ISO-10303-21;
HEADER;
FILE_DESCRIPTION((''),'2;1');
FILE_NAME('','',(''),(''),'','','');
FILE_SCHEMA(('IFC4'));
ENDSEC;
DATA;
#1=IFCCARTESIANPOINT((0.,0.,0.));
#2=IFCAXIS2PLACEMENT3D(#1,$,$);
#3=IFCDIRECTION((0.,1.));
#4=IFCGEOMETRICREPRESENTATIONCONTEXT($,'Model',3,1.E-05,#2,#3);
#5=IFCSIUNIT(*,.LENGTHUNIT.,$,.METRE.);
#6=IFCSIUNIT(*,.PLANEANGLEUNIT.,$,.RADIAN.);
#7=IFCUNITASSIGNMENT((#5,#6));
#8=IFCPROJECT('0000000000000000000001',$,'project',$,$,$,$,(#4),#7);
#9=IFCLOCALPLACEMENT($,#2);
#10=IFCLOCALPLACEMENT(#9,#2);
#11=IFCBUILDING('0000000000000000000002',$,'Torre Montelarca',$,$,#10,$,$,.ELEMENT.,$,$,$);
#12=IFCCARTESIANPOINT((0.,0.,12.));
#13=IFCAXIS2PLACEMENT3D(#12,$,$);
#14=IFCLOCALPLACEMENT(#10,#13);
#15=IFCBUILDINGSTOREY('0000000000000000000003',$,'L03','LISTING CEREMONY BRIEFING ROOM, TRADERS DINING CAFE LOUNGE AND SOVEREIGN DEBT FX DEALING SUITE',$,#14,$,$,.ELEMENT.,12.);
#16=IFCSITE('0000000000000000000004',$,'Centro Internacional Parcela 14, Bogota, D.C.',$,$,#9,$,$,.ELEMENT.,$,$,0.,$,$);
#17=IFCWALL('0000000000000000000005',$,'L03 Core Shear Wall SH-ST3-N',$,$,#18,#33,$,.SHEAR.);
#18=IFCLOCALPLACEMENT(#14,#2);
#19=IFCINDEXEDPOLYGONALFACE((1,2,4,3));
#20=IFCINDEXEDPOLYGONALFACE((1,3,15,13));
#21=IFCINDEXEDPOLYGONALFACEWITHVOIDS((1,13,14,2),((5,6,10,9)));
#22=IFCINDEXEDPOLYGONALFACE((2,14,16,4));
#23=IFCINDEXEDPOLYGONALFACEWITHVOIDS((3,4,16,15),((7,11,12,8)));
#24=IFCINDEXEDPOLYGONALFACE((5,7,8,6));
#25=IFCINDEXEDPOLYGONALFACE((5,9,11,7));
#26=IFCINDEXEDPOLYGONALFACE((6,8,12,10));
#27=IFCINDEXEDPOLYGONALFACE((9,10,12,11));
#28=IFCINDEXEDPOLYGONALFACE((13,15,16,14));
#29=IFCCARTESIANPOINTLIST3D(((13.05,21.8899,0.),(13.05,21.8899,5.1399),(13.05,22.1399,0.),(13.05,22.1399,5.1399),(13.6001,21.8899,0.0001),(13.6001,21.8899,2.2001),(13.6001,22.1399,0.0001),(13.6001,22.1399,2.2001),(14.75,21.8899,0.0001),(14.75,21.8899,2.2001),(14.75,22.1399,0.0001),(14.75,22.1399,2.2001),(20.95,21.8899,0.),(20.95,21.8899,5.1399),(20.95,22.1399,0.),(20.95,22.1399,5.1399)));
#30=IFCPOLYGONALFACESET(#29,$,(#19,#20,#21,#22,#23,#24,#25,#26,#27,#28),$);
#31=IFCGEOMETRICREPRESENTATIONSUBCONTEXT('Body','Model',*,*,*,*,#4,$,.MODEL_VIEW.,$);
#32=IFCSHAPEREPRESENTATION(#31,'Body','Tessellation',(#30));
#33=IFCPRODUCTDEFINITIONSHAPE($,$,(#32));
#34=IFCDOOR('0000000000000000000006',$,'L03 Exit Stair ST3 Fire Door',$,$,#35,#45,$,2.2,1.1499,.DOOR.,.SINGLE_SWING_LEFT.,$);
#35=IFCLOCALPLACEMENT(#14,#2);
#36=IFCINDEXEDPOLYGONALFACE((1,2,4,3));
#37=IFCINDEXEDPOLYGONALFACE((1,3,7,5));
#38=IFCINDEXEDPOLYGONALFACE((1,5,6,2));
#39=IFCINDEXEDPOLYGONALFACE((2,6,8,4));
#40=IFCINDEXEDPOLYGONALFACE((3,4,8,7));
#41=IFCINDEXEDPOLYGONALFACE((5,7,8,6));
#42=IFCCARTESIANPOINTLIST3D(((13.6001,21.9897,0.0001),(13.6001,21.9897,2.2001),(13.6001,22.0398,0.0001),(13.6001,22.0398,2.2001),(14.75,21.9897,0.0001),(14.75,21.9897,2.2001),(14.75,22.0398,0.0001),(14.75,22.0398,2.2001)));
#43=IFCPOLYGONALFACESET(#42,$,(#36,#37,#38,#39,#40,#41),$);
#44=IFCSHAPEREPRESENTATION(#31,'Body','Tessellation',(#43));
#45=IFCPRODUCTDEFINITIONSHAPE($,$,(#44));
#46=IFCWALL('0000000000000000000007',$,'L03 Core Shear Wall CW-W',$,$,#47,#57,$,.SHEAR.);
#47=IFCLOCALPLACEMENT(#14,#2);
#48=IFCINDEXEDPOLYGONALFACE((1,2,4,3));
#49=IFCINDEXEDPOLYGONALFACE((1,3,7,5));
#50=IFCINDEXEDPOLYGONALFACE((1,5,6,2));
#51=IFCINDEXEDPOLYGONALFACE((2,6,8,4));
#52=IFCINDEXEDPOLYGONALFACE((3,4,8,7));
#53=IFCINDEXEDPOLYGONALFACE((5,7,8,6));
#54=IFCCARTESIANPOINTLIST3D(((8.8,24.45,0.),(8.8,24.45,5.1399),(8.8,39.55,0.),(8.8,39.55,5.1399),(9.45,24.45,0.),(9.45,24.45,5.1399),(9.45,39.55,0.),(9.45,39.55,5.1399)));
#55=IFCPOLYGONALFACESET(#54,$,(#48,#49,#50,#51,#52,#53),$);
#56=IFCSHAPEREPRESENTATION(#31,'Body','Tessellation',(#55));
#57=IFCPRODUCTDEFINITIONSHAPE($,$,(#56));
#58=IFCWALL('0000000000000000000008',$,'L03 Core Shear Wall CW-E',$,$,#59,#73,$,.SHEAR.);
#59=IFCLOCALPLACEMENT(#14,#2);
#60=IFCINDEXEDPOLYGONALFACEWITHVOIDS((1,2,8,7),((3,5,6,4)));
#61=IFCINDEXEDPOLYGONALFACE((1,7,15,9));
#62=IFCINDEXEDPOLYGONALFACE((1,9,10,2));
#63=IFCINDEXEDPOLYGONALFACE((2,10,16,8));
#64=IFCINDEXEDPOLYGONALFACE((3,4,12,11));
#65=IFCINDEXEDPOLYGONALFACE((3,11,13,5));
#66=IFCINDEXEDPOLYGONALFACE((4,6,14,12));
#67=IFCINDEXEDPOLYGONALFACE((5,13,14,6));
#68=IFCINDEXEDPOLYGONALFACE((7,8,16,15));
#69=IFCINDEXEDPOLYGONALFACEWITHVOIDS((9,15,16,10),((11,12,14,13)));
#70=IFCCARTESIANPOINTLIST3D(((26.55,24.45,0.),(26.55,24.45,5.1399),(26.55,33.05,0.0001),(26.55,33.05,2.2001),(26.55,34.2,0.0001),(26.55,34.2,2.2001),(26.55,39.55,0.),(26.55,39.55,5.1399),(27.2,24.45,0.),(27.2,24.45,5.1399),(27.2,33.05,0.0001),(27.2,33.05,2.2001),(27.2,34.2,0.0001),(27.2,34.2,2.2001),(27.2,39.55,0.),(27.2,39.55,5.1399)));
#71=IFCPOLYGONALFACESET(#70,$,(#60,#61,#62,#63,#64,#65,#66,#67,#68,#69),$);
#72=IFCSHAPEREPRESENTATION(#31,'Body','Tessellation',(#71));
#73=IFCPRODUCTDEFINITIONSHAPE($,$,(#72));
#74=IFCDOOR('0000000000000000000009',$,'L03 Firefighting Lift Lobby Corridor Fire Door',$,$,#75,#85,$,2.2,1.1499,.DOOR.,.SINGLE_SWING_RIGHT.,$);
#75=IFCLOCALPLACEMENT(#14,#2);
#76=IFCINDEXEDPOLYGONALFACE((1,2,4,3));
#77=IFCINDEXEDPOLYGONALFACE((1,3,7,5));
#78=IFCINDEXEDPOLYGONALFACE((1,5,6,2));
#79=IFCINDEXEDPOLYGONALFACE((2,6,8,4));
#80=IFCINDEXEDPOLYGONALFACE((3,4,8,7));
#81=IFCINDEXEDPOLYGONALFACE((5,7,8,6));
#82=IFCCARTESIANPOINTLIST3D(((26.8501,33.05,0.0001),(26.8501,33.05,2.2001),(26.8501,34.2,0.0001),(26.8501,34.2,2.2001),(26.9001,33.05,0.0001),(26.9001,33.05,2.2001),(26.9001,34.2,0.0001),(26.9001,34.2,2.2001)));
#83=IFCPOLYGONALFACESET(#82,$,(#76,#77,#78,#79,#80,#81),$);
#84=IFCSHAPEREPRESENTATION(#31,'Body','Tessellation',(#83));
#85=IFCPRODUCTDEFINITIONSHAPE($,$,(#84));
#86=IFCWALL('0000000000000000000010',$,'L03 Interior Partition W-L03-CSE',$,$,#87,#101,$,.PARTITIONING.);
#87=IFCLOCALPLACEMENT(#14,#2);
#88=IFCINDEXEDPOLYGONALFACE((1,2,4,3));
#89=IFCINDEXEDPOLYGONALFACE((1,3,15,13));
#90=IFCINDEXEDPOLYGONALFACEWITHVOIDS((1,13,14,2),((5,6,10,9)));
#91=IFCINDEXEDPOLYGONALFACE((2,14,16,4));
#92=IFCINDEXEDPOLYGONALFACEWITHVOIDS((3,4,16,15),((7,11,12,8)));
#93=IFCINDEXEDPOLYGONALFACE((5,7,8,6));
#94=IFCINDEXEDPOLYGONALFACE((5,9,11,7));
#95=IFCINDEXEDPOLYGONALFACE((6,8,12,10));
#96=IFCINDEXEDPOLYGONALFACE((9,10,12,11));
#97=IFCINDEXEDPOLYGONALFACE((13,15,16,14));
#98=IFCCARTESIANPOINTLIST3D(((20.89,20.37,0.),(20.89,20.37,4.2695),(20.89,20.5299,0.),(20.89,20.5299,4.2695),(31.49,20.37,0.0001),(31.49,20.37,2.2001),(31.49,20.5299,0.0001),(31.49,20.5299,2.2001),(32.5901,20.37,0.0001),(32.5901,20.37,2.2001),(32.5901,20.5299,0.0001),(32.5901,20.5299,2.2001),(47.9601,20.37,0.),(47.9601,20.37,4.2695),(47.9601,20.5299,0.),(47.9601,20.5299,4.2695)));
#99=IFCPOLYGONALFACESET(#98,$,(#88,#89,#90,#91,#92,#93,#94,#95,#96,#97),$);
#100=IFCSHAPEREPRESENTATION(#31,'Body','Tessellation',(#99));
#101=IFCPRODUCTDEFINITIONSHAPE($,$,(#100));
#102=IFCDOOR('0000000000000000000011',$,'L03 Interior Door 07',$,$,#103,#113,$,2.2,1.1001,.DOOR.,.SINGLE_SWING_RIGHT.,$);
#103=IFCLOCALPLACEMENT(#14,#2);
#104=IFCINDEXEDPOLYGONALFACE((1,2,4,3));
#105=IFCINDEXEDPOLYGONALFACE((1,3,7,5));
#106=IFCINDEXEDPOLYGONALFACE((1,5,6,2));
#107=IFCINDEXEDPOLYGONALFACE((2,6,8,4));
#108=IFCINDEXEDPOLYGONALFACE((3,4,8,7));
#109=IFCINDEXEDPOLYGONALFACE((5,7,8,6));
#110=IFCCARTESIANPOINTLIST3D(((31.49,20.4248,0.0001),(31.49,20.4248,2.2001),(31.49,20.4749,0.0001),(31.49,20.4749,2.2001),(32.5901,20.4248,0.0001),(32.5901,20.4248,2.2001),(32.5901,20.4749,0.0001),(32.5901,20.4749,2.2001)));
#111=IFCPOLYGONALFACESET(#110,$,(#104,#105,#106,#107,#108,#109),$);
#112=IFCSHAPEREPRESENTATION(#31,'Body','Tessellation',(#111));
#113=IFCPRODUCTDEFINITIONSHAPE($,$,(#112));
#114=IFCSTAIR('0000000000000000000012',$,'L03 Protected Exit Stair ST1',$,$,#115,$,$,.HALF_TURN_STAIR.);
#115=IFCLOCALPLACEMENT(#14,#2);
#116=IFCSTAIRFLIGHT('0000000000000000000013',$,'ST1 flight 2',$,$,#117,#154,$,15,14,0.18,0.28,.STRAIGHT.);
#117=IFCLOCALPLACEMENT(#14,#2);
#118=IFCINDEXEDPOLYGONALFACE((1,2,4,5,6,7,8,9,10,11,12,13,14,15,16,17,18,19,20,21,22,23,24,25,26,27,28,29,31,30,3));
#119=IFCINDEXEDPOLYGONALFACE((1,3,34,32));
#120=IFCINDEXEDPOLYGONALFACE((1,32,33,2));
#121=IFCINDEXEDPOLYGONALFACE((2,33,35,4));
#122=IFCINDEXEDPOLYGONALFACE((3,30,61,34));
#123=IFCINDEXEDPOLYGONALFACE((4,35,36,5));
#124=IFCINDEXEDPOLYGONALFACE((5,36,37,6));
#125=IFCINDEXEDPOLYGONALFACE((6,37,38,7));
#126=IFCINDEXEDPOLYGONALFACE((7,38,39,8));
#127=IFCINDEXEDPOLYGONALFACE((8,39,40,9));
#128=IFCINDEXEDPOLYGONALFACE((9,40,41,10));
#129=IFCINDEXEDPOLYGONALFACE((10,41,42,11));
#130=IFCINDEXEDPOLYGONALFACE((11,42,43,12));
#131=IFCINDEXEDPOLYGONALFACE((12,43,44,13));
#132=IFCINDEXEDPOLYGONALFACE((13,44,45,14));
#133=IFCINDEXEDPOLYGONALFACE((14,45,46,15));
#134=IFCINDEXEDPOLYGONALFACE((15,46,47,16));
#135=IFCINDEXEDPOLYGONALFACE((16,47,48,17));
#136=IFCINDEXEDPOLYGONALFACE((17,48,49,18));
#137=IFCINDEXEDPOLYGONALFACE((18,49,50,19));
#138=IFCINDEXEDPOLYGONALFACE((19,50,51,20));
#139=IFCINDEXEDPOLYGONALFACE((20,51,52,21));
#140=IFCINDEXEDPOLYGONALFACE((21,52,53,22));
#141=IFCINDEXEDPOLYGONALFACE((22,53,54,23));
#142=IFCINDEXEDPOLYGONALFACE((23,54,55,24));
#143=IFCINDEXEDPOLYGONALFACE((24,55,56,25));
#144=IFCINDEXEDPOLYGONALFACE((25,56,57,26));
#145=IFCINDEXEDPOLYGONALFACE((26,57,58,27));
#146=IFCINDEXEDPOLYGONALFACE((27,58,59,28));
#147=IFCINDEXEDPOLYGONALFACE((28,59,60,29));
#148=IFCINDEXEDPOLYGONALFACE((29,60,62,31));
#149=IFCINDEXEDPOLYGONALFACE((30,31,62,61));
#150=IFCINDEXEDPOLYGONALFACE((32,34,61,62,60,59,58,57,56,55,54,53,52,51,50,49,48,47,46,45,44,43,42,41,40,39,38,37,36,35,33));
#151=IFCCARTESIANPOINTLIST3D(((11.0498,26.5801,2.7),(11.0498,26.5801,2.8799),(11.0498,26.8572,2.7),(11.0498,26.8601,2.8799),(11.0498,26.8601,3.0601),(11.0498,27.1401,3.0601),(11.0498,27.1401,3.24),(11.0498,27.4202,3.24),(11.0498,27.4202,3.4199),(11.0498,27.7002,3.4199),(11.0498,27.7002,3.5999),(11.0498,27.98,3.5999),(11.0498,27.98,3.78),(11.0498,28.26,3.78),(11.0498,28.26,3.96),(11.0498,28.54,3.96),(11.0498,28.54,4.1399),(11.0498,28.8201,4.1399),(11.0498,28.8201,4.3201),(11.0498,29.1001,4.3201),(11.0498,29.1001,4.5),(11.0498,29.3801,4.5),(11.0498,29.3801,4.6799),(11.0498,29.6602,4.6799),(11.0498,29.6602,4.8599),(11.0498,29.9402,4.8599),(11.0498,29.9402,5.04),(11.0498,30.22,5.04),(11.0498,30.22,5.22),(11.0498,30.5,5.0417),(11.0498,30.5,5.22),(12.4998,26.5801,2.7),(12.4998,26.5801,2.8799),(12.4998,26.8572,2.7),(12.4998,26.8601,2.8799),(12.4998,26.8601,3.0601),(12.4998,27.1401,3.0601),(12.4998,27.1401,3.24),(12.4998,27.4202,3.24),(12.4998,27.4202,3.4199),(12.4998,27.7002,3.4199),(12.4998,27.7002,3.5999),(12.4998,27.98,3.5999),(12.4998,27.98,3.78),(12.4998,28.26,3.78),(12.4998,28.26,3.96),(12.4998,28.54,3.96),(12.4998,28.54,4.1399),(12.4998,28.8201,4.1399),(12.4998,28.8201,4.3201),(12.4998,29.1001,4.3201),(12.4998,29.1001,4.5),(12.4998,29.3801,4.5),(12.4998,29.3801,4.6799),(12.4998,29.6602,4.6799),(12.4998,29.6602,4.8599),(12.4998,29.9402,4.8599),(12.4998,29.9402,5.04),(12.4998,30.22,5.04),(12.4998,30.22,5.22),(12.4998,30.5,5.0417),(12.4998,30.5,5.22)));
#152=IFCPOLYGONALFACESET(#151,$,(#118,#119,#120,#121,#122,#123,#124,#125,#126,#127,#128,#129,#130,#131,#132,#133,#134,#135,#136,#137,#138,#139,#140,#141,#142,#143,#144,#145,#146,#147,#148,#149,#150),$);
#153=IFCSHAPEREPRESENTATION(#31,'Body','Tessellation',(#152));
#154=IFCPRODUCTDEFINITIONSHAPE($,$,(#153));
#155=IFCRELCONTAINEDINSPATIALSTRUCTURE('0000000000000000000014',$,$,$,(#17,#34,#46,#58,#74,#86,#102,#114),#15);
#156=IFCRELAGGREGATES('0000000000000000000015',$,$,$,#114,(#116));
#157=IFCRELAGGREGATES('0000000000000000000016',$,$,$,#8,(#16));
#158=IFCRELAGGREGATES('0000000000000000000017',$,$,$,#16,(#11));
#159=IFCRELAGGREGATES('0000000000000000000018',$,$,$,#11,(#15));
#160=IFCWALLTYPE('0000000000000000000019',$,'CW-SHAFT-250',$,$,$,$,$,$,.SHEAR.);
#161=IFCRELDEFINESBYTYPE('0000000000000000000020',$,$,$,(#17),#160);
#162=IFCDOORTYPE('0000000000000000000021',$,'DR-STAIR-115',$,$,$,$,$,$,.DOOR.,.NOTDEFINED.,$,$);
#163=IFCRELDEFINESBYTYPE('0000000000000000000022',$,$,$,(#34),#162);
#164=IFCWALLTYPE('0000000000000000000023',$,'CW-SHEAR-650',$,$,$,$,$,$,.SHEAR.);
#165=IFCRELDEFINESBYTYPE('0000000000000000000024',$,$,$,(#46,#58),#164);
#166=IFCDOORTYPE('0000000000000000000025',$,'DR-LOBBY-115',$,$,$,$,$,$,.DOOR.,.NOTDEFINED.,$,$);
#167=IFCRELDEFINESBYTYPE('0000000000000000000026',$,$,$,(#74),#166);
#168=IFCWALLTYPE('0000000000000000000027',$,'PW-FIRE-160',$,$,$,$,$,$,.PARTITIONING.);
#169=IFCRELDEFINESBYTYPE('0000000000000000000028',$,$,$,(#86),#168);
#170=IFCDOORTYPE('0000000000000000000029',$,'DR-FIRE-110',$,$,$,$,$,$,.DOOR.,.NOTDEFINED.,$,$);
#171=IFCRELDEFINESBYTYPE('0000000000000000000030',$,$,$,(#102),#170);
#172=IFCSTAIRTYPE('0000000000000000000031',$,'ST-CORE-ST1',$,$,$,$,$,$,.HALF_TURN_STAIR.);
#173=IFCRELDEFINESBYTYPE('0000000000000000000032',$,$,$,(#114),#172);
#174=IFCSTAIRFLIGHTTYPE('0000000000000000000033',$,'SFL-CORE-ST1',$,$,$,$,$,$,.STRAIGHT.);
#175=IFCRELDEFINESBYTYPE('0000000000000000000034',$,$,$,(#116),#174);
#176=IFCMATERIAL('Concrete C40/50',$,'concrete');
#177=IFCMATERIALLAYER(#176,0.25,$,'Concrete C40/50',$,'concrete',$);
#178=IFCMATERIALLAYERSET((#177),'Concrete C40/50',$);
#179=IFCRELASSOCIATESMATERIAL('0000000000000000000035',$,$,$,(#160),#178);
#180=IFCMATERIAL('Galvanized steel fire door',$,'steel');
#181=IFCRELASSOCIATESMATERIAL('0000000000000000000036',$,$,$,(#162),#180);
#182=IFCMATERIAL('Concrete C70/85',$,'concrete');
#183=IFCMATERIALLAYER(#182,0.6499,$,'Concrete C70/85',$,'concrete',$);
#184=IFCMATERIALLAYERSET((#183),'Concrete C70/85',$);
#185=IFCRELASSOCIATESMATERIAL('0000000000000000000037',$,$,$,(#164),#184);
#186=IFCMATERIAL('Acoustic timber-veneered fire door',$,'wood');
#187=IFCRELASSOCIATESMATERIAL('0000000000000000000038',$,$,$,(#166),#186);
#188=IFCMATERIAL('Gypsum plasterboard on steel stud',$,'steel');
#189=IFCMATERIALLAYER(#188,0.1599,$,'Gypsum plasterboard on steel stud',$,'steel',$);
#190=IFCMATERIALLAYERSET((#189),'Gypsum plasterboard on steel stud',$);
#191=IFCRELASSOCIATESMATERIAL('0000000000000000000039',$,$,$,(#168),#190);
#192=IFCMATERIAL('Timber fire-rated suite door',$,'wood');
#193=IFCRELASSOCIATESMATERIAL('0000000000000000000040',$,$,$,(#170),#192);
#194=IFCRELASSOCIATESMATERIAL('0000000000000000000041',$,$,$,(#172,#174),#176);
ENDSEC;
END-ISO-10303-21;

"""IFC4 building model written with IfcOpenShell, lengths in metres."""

from ifc_helpers import new_model, si_unit, direction, frame, frame_2d, origin, place, context, subcontext, project, spatial, polyline, rectangle, outline, extrude, source, transform, mapped, material, layer, layer_set, type_object, element, fill, aggregate, save


model = new_model("IFC4")

# Units and contexts
model_context = context("Model", 3, precision=1e-05, world=origin(), true_north=direction((0.0, 1.0)))
body_context = subcontext(model_context, "Body", "Model", "MODEL_VIEW")
ifc_project = project(units=[si_unit("LENGTHUNIT", "METRE"), si_unit("PLANEANGLEUNIT", "RADIAN")], contexts=[model_context])

# Site, building, storey
site_placement = place(None, origin())
site = spatial("IfcSite", under=ifc_project, at=site_placement, Name="Centro Internacional Parcela 14, Bogota, D.C.", CompositionType="ELEMENT", RefElevation=0.0)
building_placement = place(site_placement, origin())
building = spatial("IfcBuilding", under=site, at=building_placement, Name="Torre Montelarca", CompositionType="ELEMENT")
storey_placement = place(building_placement, frame((0.0, 0.0, 12.0)))
storey = spatial("IfcBuildingStorey", under=building, at=storey_placement, Name="L03", Description="LISTING CEREMONY BRIEFING ROOM, TRADERS DINING CAFE LOUNGE AND SOVEREIGN DEBT FX DEALING SUITE", CompositionType="ELEMENT", Elevation=12.0)

# Shared definitions
ifc_material_1 = material(Name="Concrete C70/85", Category="concrete")

# Shared definitions
ifc_material_2 = material(Name="Concrete C40/50", Category="concrete")
ifc_layer_1 = layer(ifc_material_2, 0.25, Name="Concrete C40/50", Category="concrete")
ifc_layer_set_1 = layer_set([ifc_layer_1], Name="Concrete C40/50")
wall_type_1 = type_object("IfcWallType", Name="CW-SHAFT-250", PredefinedType="SHEAR", material=ifc_layer_set_1)
ifc_material_3 = material(Name="Galvanized steel fire door", Category="steel")
door_type_1 = type_object("IfcDoorType", Name="DR-STAIR-115", OperationType="NOTDEFINED", PredefinedType="DOOR", material=ifc_material_3)
shared_shape_1 = source(origin(), body_context, "Body", "SweptSolid", [
    extrude(rectangle(XDim=1.1499, YDim=2.2, at=frame_2d((0.575, 1.1001))), frame((0.0, 0.0249, 0.0), z_axis=(0.0, -1.0, 0.0), x_axis=(1.0, 0.0, 0.0)), (0.0, 0.0, 1.0), 0.05),
])

# Wall, opening, door
wall_1_placement = place(storey_placement, frame((13.05, 22.0149, 0.0), z_axis=(0.0, 0.0, 1.0), x_axis=(1.0, 0.0, 0.0)))
wall_1 = element("IfcWall", 1, at=wall_1_placement, inside=storey, type_object=wall_type_1, Name="L03 Core Shear Wall SH-ST3-N", PredefinedType="SHEAR", context=body_context, shape_type="SweptSolid", body=[
    extrude(rectangle(XDim=7.8999, YDim=0.25, at=frame_2d((3.95, 0.0))), origin(), (0.0, 0.0, 1.0), 5.1399),
])
opening_1_placement = place(wall_1_placement, frame((0.55, 0.0, 0.0)))
opening_1 = element("IfcOpeningElement", 2, at=opening_1_placement, cuts=wall_1, PredefinedType="OPENING", context=body_context, shape_type="SweptSolid", body=[
    extrude(rectangle(XDim=1.1499, YDim=2.2, at=frame_2d((0.575, 1.1001))), frame((0.0, 0.135, 0.0), z_axis=(0.0, -1.0, 0.0), x_axis=(1.0, 0.0, 0.0)), (0.0, 0.0, 1.0), 0.27),
])
door_1_placement = place(opening_1_placement, origin())
door_1 = element("IfcDoor", 3, at=door_1_placement, inside=storey, type_object=door_type_1, Name="L03 Exit Stair ST3 Fire Door", OperationType="SINGLE_SWING_LEFT", OverallHeight=2.2, OverallWidth=1.1499, PredefinedType="DOOR", context=body_context, shape_type="MappedRepresentation", body=[
    mapped(shared_shape_1, transform((0.0, 0.0, 0.0), scale=1.0)),
])
fill(opening_1, door_1)

# Wall
ifc_layer_2 = layer(ifc_material_1, 0.6499, Name="Concrete C70/85", Category="concrete")
ifc_layer_set_2 = layer_set([ifc_layer_2], Name="Concrete C70/85")
wall_type_2 = type_object("IfcWallType", Name="CW-SHEAR-650", PredefinedType="SHEAR", material=ifc_layer_set_2)
wall_2_placement = place(storey_placement, frame((9.125, 24.45, 0.0), z_axis=(0.0, 0.0, 1.0), x_axis=(0.0, 1.0, 0.0)))
element("IfcWall", 4, at=wall_2_placement, inside=storey, type_object=wall_type_2, Name="L03 Core Shear Wall CW-W", PredefinedType="SHEAR", context=body_context, shape_type="SweptSolid", body=[
    extrude(rectangle(XDim=15.1001, YDim=0.6499, at=frame_2d((7.55, 0.0))), origin(), (0.0, 0.0, 1.0), 5.1399),
])

# Walls, openings, doors
wall_3_placement = place(storey_placement, frame((26.875, 24.45, 0.0), z_axis=(0.0, 0.0, 1.0), x_axis=(0.0, 1.0, 0.0)))
wall_3 = element("IfcWall", 5, at=wall_3_placement, inside=storey, type_object=wall_type_2, Name="L03 Core Shear Wall CW-E", PredefinedType="SHEAR", context=body_context, shape_type="SweptSolid", body=[
    extrude(rectangle(XDim=15.1001, YDim=0.6499, at=frame_2d((7.55, 0.0))), origin(), (0.0, 0.0, 1.0), 5.1399),
])
opening_2_placement = place(wall_3_placement, frame((8.6001, 0.0, 0.0)))
opening_2 = element("IfcOpeningElement", 6, at=opening_2_placement, cuts=wall_3, PredefinedType="OPENING", context=body_context, shape_type="SweptSolid", body=[
    extrude(rectangle(XDim=1.1499, YDim=2.2, at=frame_2d((0.575, 1.1001))), frame((0.0, 0.335, 0.0), z_axis=(0.0, -1.0, 0.0), x_axis=(1.0, 0.0, 0.0)), (0.0, 0.0, 1.0), 0.6699),
])
ifc_material_4 = material(Name="Acoustic timber-veneered fire door", Category="wood")
door_type_2 = type_object("IfcDoorType", Name="DR-LOBBY-115", OperationType="NOTDEFINED", PredefinedType="DOOR", material=ifc_material_4)
shared_shape_2 = source(origin(), body_context, "Body", "SweptSolid", [
    extrude(rectangle(XDim=1.1499, YDim=2.2, at=frame_2d((0.575, 1.1001))), frame((0.0, 0.0249, 0.0), z_axis=(0.0, -1.0, 0.0), x_axis=(1.0, 0.0, 0.0)), (0.0, 0.0, 1.0), 0.05),
])
door_2_placement = place(opening_2_placement, origin())
door_2 = element("IfcDoor", 7, at=door_2_placement, inside=storey, type_object=door_type_2, Name="L03 Firefighting Lift Lobby Corridor Fire Door", OperationType="SINGLE_SWING_RIGHT", OverallHeight=2.2, OverallWidth=1.1499, PredefinedType="DOOR", context=body_context, shape_type="MappedRepresentation", body=[
    mapped(shared_shape_2, transform((0.0, 0.0, 0.0), scale=1.0)),
])
fill(opening_2, door_2)
ifc_material_5 = material(Name="Gypsum plasterboard on steel stud", Category="steel")
ifc_layer_3 = layer(ifc_material_5, 0.1599, Name="Gypsum plasterboard on steel stud", Category="steel")
ifc_layer_set_3 = layer_set([ifc_layer_3], Name="Gypsum plasterboard on steel stud")
wall_type_3 = type_object("IfcWallType", Name="PW-FIRE-160", PredefinedType="PARTITIONING", material=ifc_layer_set_3)
wall_4_placement = place(storey_placement, frame((20.8899, 20.45, 0.0), z_axis=(0.0, 0.0, 1.0), x_axis=(1.0, 0.0, 0.0)))
wall_4 = element("IfcWall", 8, at=wall_4_placement, inside=storey, type_object=wall_type_3, Name="L03 Interior Partition W-L03-CSE", PredefinedType="PARTITIONING", context=body_context, shape_type="SweptSolid", body=[
    extrude(rectangle(XDim=27.0701, YDim=0.1599, at=frame_2d((13.5352, 0.0))), origin(), (0.0, 0.0, 1.0), 4.2695),
])
opening_3_placement = place(wall_4_placement, frame((10.6001, 0.0, 0.0)))
opening_3 = element("IfcOpeningElement", 9, at=opening_3_placement, cuts=wall_4, PredefinedType="OPENING", context=body_context, shape_type="SweptSolid", body=[
    extrude(rectangle(XDim=1.1001, YDim=2.2, at=frame_2d((0.55, 1.1001))), frame((0.0, 0.0898, 0.0), z_axis=(0.0, -1.0, 0.0), x_axis=(1.0, 0.0, 0.0)), (0.0, 0.0, 1.0), 0.1799),
])
ifc_material_6 = material(Name="Timber fire-rated suite door", Category="wood")
door_type_3 = type_object("IfcDoorType", Name="DR-FIRE-110", OperationType="NOTDEFINED", PredefinedType="DOOR", material=ifc_material_6)
shared_shape_3 = source(origin(), body_context, "Body", "SweptSolid", [
    extrude(rectangle(XDim=1.1001, YDim=2.2, at=frame_2d((0.55, 1.1001))), frame((0.0, 0.0249, 0.0), z_axis=(0.0, -1.0, 0.0), x_axis=(1.0, 0.0, 0.0)), (0.0, 0.0, 1.0), 0.05),
])
door_3_placement = place(opening_3_placement, origin())
door_3 = element("IfcDoor", 10, at=door_3_placement, inside=storey, type_object=door_type_3, Name="L03 Interior Door 07", OperationType="SINGLE_SWING_RIGHT", OverallHeight=2.2, OverallWidth=1.1001, PredefinedType="DOOR", context=body_context, shape_type="MappedRepresentation", body=[
    mapped(shared_shape_3, transform((0.0, 0.0, 0.0), scale=1.0)),
])
fill(opening_3, door_3)

# Stair, stair flight
stair_type_1 = type_object("IfcStairType", Name="ST-CORE-ST1", PredefinedType="HALF_TURN_STAIR", material=ifc_material_2)
stair_1_placement = place(storey_placement, origin())
stair_1 = element("IfcStair", 11, at=stair_1_placement, inside=storey, type_object=stair_type_1, Name="L03 Protected Exit Stair ST1", PredefinedType="HALF_TURN_STAIR")
stair_flight_type_1 = type_object("IfcStairFlightType", Name="SFL-CORE-ST1", PredefinedType="STRAIGHT", material=ifc_material_2)
stair_flight_1_placement = place(storey_placement, frame((11.7749, 26.5801, 2.7), z_axis=(0.0, 0.0, 1.0), x_axis=(0.0, 1.0, 0.0)))
stair_flight_1 = element("IfcStairFlight", 12, at=stair_flight_1_placement, type_object=stair_flight_type_1, Name="ST1 flight 2", NumberOfRisers=15, NumberOfTreads=14, PredefinedType="STRAIGHT", RiserHeight=0.18, TreadLength=0.28, context=body_context, shape_type="SweptSolid", body=[
    extrude(outline(polyline([(0.0, 0.0), (0.0, 0.1799), (0.28, 0.1799), (0.28, 0.3601), (0.5601, 0.3601), (0.5601, 0.54), (0.8401, 0.54), (0.8401, 0.72), (1.1201, 0.72), (1.1201, 0.8999), (1.3999, 0.8999), (1.3999, 1.0801), (1.6799, 1.0801), (1.6799, 1.26), (1.96, 1.26), (1.96, 1.4399), (2.24, 1.4399), (2.24, 1.6201), (2.52, 1.6201), (2.52, 1.8), (2.8, 1.8), (2.8, 1.98), (3.0801, 1.98), (3.0801, 2.1599), (3.3601, 2.1599), (3.3601, 2.3401), (3.6399, 2.3401), (3.6399, 2.52), (3.9199, 2.52), (3.9199, 2.7), (3.9199, 2.3418), (0.2771, 0.0), (0.0, 0.0)])), frame((0.0, 0.7251, 0.0), z_axis=(0.0, -1.0, 0.0), x_axis=(1.0, 0.0, 0.0)), (0.0, 0.0, 1.0), 1.45),
])
aggregate(stair_1, [stair_flight_1])

save(model, "model.ifc")
